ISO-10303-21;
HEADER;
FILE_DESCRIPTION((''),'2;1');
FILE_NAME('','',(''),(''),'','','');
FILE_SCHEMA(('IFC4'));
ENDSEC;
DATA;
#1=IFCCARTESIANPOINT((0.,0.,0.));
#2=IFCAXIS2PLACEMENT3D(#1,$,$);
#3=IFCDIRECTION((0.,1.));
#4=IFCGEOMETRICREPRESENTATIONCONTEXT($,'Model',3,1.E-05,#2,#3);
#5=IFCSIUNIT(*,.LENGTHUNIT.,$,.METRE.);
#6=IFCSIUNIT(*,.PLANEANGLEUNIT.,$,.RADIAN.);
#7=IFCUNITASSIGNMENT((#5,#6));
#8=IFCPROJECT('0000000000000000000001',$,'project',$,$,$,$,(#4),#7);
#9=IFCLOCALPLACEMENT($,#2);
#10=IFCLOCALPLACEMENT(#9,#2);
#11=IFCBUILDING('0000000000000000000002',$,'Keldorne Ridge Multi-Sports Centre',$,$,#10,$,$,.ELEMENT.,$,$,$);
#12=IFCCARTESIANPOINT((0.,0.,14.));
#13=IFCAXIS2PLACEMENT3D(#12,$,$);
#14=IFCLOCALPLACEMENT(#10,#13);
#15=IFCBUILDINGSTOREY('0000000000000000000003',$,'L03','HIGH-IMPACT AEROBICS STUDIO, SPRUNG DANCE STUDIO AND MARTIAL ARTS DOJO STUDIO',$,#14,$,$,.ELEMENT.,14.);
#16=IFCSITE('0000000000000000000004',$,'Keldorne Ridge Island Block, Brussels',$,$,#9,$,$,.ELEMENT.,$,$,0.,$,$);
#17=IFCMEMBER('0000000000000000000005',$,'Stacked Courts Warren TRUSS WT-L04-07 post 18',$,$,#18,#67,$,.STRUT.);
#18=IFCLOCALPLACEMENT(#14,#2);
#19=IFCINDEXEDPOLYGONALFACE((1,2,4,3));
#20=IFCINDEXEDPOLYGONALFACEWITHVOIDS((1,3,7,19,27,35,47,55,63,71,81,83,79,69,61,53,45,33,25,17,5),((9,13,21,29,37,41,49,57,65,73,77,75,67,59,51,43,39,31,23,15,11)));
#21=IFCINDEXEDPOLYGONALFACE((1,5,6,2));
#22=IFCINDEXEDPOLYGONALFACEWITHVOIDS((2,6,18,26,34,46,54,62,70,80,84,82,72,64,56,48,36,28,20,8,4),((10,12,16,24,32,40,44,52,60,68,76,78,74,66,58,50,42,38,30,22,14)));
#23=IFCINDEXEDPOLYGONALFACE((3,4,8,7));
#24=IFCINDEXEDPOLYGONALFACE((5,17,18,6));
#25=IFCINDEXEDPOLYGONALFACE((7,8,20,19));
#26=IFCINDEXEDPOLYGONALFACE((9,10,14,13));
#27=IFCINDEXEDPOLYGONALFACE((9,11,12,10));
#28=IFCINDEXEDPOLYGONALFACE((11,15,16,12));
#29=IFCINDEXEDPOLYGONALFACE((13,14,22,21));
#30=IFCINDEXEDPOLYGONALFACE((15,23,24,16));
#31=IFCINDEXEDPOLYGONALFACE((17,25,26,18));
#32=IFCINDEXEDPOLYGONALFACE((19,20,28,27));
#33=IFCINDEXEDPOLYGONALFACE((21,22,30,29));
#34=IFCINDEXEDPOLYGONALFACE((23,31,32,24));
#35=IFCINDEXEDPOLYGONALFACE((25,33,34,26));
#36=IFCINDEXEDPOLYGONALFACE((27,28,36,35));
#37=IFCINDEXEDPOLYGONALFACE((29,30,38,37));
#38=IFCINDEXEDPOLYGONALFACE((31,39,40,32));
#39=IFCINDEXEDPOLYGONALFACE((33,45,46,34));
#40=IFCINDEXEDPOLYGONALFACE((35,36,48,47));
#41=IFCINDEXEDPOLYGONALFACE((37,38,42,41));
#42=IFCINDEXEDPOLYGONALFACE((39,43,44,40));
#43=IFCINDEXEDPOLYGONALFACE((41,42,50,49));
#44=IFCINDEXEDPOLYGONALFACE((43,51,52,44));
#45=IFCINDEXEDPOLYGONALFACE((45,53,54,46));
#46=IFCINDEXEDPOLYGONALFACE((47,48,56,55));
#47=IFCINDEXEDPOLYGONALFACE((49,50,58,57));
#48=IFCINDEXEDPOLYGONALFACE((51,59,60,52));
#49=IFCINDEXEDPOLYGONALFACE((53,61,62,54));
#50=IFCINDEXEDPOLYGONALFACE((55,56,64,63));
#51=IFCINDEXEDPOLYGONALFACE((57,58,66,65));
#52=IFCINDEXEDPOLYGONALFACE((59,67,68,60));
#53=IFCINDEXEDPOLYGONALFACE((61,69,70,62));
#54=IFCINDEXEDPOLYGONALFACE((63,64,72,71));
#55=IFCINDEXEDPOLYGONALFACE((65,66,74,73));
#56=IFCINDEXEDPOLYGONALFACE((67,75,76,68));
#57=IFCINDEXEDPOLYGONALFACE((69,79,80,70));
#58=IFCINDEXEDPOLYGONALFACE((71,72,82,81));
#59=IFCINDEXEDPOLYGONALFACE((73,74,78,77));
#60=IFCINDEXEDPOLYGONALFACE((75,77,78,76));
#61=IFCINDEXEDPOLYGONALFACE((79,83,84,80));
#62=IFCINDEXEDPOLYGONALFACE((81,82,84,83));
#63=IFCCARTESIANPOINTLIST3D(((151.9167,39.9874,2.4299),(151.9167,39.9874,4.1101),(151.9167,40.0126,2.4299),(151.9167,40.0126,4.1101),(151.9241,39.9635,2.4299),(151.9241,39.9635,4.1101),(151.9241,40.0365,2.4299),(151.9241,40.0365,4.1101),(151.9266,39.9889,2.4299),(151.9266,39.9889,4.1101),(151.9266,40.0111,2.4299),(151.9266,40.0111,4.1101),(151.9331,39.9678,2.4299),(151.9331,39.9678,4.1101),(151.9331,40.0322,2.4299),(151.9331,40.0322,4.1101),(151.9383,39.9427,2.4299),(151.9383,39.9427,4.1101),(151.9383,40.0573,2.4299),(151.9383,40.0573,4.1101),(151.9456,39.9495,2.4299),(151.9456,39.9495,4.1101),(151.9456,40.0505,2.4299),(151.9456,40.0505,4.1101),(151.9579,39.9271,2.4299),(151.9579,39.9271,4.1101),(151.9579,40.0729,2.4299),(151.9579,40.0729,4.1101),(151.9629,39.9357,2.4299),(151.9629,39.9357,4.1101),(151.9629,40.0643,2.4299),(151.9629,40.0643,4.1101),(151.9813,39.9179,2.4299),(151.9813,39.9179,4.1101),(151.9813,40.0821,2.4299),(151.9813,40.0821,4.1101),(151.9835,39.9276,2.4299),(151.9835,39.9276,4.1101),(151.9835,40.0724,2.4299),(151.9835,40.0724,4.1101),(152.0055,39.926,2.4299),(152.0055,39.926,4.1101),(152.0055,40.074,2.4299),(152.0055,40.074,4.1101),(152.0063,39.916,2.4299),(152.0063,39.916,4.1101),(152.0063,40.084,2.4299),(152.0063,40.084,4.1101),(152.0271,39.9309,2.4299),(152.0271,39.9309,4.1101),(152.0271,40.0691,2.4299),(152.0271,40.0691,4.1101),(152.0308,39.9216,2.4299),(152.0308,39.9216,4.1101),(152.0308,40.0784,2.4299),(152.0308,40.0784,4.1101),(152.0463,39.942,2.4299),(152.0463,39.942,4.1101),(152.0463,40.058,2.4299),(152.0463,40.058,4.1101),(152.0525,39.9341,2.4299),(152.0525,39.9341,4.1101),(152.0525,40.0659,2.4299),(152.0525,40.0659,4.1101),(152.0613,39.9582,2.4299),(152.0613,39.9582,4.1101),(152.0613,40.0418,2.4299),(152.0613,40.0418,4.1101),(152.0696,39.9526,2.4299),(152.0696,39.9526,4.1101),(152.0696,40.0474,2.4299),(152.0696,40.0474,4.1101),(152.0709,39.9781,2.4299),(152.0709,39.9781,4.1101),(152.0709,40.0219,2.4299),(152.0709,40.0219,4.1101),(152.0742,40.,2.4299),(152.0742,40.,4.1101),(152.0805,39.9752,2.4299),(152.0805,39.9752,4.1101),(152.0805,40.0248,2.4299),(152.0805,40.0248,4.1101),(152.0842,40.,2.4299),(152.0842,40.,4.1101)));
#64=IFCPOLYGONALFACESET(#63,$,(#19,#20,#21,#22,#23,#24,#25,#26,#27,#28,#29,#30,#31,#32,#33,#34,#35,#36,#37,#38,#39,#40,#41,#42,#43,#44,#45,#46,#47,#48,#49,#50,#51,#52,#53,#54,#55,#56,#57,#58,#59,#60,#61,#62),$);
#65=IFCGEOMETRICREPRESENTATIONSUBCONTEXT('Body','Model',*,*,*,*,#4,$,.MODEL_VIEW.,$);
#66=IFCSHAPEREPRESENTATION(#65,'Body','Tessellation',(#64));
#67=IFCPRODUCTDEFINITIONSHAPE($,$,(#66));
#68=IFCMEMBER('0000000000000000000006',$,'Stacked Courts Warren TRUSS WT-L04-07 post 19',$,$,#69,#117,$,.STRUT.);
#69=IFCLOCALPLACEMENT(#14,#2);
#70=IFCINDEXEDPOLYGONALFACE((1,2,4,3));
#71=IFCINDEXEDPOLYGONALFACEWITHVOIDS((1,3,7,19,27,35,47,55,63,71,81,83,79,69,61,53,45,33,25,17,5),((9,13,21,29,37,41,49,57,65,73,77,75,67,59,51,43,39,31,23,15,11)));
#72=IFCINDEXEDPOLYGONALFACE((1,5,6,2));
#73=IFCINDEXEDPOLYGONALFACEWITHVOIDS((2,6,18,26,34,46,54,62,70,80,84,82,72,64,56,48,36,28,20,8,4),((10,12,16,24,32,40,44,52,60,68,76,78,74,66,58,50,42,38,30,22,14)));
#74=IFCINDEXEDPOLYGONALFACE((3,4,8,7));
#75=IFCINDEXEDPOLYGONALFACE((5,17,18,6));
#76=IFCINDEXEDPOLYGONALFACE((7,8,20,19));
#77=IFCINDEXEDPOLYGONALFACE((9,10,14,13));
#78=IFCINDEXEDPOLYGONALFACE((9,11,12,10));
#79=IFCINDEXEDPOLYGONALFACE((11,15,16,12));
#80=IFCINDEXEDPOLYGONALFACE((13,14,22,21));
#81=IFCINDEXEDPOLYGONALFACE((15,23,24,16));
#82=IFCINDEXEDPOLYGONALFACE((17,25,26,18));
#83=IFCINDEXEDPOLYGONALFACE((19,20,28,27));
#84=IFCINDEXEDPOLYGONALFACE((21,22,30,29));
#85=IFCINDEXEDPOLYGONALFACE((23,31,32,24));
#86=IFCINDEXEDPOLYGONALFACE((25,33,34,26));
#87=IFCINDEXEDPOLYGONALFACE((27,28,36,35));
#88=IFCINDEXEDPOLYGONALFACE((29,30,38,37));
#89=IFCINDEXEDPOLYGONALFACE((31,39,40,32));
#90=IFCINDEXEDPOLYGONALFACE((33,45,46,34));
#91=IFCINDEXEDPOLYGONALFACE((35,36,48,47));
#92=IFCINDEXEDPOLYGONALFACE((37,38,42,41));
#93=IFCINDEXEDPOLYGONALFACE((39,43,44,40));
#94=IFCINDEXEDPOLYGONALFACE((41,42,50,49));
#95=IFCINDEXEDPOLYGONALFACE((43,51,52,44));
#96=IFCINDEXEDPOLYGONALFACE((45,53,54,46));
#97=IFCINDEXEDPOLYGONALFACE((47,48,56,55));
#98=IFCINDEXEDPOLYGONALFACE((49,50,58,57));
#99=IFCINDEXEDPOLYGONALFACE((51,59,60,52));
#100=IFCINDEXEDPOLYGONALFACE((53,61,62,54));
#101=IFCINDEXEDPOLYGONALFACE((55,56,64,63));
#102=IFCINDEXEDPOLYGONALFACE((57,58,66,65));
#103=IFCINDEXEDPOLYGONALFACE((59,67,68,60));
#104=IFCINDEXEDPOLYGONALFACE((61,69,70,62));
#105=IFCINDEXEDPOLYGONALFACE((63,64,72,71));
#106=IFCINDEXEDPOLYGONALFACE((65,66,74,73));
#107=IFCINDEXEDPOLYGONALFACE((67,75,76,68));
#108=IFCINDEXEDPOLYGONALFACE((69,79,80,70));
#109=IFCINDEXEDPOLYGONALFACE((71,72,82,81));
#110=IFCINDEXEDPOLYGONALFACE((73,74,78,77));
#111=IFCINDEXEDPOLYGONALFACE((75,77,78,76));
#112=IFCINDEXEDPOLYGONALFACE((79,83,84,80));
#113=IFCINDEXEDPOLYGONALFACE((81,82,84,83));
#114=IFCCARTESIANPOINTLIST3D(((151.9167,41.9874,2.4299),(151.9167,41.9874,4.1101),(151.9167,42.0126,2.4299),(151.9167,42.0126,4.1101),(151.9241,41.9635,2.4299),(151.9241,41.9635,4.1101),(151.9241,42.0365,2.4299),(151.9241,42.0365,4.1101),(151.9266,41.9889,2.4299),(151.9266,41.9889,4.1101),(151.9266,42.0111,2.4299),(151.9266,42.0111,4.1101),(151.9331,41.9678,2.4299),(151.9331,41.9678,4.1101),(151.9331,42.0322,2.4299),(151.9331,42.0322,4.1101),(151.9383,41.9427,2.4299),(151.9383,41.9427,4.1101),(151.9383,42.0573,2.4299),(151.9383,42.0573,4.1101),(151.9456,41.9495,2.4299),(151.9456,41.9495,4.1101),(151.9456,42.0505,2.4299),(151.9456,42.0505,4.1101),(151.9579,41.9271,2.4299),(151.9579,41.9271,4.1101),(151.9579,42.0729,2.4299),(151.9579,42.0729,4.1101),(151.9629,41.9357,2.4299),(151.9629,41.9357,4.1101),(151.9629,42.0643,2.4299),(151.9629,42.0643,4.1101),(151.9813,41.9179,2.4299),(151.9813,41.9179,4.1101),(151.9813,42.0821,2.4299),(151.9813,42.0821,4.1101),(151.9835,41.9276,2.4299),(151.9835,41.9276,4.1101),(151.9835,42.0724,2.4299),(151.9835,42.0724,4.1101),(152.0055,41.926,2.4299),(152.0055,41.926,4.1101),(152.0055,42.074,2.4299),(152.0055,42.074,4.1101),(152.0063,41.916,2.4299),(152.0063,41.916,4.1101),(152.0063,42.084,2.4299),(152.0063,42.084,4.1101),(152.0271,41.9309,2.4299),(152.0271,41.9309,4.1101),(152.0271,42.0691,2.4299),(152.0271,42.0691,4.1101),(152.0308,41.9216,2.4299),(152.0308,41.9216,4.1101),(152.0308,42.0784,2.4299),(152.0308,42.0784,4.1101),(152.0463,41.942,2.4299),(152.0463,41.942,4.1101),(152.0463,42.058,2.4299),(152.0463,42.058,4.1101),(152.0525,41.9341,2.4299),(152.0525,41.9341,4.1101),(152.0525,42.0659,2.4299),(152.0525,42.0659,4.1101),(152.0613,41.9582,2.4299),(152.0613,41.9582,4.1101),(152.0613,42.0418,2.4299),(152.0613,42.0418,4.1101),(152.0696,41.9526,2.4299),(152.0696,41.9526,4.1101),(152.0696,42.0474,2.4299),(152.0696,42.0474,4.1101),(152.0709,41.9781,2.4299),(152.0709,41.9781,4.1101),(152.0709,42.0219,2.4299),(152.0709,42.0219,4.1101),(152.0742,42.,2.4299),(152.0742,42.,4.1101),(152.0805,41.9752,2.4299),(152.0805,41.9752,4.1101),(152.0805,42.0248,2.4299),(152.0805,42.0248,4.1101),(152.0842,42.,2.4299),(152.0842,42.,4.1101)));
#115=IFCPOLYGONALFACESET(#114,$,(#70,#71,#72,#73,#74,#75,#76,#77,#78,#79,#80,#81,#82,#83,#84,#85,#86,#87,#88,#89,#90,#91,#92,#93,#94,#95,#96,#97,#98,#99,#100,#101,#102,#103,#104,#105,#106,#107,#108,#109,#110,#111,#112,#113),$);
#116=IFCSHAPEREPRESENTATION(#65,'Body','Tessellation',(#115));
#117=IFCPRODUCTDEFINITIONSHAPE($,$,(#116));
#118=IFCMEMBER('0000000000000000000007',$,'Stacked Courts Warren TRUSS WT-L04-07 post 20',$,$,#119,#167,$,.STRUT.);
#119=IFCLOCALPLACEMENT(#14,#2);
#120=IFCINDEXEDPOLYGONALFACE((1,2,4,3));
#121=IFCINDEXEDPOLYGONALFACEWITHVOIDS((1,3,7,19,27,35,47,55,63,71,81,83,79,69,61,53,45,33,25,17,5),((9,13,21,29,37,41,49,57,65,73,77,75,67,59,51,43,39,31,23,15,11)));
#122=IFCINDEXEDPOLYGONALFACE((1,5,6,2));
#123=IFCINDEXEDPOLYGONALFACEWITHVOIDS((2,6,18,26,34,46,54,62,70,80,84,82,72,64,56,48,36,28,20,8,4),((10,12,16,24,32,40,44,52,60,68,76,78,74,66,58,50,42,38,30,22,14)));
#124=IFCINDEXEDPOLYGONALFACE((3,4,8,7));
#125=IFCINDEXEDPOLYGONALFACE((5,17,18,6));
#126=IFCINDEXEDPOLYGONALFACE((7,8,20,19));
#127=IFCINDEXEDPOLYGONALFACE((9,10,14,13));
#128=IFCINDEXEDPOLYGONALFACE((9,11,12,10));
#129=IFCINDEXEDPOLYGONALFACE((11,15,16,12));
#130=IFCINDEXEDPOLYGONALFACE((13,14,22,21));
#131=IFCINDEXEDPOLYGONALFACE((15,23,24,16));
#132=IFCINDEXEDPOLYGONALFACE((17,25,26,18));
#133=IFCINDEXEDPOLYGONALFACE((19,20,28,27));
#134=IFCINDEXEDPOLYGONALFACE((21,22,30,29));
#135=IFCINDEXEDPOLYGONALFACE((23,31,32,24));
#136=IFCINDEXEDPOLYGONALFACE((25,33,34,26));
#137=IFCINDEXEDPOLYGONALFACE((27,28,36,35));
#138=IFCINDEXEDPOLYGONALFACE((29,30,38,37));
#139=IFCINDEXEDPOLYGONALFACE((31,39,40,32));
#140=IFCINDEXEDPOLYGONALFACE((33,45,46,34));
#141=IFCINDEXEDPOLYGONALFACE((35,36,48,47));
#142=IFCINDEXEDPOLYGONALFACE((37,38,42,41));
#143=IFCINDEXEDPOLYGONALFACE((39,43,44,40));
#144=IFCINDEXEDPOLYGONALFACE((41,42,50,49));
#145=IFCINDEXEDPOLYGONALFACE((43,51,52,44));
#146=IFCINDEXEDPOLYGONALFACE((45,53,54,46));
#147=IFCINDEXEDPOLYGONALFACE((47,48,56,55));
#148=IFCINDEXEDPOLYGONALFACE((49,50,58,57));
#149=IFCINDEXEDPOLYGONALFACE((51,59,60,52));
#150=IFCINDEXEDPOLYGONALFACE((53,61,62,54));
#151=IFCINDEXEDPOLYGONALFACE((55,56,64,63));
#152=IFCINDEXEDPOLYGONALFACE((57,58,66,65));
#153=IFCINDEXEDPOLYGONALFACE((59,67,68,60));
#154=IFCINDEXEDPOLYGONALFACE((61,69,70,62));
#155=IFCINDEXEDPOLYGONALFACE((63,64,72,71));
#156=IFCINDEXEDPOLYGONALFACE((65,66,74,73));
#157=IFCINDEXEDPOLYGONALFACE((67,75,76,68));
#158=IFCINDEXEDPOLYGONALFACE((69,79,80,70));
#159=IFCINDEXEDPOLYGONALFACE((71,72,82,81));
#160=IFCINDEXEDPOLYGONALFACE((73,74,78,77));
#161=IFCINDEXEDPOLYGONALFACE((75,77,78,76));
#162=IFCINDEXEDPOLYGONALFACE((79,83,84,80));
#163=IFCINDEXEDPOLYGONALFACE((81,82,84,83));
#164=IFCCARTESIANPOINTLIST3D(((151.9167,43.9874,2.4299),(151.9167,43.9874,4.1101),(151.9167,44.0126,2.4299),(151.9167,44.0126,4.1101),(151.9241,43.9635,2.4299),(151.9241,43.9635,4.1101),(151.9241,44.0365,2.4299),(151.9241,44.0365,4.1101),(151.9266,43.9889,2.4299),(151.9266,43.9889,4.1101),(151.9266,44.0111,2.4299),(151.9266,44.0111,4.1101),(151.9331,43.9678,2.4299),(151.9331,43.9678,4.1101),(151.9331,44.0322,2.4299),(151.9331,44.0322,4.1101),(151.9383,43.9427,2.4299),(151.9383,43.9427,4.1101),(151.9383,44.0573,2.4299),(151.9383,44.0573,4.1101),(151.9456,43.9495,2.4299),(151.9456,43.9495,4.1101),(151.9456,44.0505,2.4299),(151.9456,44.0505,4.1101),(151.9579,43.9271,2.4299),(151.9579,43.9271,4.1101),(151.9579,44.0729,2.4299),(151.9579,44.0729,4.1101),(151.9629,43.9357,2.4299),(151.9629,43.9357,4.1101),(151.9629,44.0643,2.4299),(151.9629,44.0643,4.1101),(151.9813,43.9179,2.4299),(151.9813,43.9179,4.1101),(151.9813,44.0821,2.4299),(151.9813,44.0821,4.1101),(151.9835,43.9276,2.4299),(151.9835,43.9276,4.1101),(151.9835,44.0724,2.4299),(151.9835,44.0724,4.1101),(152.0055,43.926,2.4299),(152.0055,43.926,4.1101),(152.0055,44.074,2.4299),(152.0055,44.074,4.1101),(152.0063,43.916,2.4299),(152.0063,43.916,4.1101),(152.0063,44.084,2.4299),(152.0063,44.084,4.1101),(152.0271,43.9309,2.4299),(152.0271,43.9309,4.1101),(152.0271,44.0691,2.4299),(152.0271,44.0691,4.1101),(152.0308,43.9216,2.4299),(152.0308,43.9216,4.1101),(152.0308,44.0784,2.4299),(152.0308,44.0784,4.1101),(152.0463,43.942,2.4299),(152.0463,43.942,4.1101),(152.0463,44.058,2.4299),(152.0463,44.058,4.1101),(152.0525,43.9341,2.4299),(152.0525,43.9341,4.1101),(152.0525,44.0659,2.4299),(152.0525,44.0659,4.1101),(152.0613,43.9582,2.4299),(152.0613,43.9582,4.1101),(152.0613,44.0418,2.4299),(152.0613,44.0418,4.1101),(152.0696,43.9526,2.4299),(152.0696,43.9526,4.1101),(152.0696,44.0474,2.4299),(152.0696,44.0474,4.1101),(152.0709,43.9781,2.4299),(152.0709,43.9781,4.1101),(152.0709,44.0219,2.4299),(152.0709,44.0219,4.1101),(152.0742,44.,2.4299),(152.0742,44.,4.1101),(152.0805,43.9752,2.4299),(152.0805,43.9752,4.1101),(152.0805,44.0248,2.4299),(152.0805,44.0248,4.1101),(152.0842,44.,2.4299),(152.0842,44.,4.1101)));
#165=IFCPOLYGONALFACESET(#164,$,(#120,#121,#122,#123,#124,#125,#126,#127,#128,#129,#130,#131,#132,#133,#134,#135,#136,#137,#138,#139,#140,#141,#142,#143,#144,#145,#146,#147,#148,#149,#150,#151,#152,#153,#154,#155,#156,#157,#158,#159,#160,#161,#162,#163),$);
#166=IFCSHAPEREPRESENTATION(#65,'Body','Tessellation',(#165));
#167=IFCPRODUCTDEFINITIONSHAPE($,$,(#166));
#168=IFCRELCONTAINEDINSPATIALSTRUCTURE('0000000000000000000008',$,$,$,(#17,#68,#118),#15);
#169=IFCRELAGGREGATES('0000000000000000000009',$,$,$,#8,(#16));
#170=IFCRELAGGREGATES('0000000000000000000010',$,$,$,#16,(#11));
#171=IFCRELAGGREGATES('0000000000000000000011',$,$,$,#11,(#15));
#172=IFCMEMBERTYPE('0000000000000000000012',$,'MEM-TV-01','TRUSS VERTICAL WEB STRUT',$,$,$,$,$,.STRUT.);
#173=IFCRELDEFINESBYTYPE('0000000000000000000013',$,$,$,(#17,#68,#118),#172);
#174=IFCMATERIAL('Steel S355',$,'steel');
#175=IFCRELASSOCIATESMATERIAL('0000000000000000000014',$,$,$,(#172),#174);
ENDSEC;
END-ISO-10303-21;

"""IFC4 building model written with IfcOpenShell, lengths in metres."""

from ifc_helpers import new_model, si_unit, direction, frame, origin, origin_2d, place, context, subcontext, project, spatial, hollow_circle, extrude, material, material_profile, profile_set, type_object, element, save


model = new_model("IFC4")

# Units and contexts
model_context = context("Model", 3, precision=1e-05, world=origin(), true_north=direction((0.0, 1.0)))
body_context = subcontext(model_context, "Body", "Model", "MODEL_VIEW")
ifc_project = project(units=[si_unit("LENGTHUNIT", "METRE"), si_unit("PLANEANGLEUNIT", "RADIAN")], contexts=[model_context])

# Site, building, storey
site_placement = place(None, origin())
site = spatial("IfcSite", under=ifc_project, at=site_placement, Name="Keldorne Ridge Island Block, Brussels", CompositionType="ELEMENT", RefElevation=0.0)
building_placement = place(site_placement, origin())
building = spatial("IfcBuilding", under=site, at=building_placement, Name="Keldorne Ridge Multi-Sports Centre", CompositionType="ELEMENT")
storey_placement = place(building_placement, frame((0.0, 0.0, 14.0)))
storey = spatial("IfcBuildingStorey", under=building, at=storey_placement, Name="L03", Description="HIGH-IMPACT AEROBICS STUDIO, SPRUNG DANCE STUDIO AND MARTIAL ARTS DOJO STUDIO", CompositionType="ELEMENT", Elevation=14.0)

# Members
ifc_material = material(Name="Steel S355", Category="steel")
ifc_material_profile_1 = material_profile(ifc_material, hollow_circle(Radius=0.0842, WallThickness=0.01, at=origin_2d()), Name="CHS 168.3x10")
ifc_profile_set_1 = profile_set([ifc_material_profile_1], Name="Steel S355")
member_type_1 = type_object("IfcMemberType", Name="MEM-TV-01", Description="TRUSS VERTICAL WEB STRUT", PredefinedType="STRUT", material=ifc_profile_set_1)
for number, where, z_axis, x_axis, name in (
    (1, (152.0, 40.0, 2.4299), (0.0, 0.0, 1.0), (1.0, 0.0, 0.0), "Stacked Courts Warren TRUSS WT-L04-07 post 18"),
    (2, (152.0, 42.0, 2.4299), (0.0, 0.0, 1.0), (1.0, 0.0, 0.0), "Stacked Courts Warren TRUSS WT-L04-07 post 19"),
    (3, (152.0, 44.0, 2.4299), (0.0, 0.0, 1.0), (1.0, 0.0, 0.0), "Stacked Courts Warren TRUSS WT-L04-07 post 20"),
):
    element("IfcMember", number, at=place(storey_placement, frame(where, z_axis=z_axis, x_axis=x_axis)), inside=storey, type_object=member_type_1, Name=name, PredefinedType="STRUT", context=body_context, shape_type="SweptSolid", body=[
        extrude(hollow_circle(Radius=0.0842, WallThickness=0.01, at=origin_2d()), origin(), (0.0, 0.0, 1.0), 1.6802),
    ])

save(model, "model.ifc")
